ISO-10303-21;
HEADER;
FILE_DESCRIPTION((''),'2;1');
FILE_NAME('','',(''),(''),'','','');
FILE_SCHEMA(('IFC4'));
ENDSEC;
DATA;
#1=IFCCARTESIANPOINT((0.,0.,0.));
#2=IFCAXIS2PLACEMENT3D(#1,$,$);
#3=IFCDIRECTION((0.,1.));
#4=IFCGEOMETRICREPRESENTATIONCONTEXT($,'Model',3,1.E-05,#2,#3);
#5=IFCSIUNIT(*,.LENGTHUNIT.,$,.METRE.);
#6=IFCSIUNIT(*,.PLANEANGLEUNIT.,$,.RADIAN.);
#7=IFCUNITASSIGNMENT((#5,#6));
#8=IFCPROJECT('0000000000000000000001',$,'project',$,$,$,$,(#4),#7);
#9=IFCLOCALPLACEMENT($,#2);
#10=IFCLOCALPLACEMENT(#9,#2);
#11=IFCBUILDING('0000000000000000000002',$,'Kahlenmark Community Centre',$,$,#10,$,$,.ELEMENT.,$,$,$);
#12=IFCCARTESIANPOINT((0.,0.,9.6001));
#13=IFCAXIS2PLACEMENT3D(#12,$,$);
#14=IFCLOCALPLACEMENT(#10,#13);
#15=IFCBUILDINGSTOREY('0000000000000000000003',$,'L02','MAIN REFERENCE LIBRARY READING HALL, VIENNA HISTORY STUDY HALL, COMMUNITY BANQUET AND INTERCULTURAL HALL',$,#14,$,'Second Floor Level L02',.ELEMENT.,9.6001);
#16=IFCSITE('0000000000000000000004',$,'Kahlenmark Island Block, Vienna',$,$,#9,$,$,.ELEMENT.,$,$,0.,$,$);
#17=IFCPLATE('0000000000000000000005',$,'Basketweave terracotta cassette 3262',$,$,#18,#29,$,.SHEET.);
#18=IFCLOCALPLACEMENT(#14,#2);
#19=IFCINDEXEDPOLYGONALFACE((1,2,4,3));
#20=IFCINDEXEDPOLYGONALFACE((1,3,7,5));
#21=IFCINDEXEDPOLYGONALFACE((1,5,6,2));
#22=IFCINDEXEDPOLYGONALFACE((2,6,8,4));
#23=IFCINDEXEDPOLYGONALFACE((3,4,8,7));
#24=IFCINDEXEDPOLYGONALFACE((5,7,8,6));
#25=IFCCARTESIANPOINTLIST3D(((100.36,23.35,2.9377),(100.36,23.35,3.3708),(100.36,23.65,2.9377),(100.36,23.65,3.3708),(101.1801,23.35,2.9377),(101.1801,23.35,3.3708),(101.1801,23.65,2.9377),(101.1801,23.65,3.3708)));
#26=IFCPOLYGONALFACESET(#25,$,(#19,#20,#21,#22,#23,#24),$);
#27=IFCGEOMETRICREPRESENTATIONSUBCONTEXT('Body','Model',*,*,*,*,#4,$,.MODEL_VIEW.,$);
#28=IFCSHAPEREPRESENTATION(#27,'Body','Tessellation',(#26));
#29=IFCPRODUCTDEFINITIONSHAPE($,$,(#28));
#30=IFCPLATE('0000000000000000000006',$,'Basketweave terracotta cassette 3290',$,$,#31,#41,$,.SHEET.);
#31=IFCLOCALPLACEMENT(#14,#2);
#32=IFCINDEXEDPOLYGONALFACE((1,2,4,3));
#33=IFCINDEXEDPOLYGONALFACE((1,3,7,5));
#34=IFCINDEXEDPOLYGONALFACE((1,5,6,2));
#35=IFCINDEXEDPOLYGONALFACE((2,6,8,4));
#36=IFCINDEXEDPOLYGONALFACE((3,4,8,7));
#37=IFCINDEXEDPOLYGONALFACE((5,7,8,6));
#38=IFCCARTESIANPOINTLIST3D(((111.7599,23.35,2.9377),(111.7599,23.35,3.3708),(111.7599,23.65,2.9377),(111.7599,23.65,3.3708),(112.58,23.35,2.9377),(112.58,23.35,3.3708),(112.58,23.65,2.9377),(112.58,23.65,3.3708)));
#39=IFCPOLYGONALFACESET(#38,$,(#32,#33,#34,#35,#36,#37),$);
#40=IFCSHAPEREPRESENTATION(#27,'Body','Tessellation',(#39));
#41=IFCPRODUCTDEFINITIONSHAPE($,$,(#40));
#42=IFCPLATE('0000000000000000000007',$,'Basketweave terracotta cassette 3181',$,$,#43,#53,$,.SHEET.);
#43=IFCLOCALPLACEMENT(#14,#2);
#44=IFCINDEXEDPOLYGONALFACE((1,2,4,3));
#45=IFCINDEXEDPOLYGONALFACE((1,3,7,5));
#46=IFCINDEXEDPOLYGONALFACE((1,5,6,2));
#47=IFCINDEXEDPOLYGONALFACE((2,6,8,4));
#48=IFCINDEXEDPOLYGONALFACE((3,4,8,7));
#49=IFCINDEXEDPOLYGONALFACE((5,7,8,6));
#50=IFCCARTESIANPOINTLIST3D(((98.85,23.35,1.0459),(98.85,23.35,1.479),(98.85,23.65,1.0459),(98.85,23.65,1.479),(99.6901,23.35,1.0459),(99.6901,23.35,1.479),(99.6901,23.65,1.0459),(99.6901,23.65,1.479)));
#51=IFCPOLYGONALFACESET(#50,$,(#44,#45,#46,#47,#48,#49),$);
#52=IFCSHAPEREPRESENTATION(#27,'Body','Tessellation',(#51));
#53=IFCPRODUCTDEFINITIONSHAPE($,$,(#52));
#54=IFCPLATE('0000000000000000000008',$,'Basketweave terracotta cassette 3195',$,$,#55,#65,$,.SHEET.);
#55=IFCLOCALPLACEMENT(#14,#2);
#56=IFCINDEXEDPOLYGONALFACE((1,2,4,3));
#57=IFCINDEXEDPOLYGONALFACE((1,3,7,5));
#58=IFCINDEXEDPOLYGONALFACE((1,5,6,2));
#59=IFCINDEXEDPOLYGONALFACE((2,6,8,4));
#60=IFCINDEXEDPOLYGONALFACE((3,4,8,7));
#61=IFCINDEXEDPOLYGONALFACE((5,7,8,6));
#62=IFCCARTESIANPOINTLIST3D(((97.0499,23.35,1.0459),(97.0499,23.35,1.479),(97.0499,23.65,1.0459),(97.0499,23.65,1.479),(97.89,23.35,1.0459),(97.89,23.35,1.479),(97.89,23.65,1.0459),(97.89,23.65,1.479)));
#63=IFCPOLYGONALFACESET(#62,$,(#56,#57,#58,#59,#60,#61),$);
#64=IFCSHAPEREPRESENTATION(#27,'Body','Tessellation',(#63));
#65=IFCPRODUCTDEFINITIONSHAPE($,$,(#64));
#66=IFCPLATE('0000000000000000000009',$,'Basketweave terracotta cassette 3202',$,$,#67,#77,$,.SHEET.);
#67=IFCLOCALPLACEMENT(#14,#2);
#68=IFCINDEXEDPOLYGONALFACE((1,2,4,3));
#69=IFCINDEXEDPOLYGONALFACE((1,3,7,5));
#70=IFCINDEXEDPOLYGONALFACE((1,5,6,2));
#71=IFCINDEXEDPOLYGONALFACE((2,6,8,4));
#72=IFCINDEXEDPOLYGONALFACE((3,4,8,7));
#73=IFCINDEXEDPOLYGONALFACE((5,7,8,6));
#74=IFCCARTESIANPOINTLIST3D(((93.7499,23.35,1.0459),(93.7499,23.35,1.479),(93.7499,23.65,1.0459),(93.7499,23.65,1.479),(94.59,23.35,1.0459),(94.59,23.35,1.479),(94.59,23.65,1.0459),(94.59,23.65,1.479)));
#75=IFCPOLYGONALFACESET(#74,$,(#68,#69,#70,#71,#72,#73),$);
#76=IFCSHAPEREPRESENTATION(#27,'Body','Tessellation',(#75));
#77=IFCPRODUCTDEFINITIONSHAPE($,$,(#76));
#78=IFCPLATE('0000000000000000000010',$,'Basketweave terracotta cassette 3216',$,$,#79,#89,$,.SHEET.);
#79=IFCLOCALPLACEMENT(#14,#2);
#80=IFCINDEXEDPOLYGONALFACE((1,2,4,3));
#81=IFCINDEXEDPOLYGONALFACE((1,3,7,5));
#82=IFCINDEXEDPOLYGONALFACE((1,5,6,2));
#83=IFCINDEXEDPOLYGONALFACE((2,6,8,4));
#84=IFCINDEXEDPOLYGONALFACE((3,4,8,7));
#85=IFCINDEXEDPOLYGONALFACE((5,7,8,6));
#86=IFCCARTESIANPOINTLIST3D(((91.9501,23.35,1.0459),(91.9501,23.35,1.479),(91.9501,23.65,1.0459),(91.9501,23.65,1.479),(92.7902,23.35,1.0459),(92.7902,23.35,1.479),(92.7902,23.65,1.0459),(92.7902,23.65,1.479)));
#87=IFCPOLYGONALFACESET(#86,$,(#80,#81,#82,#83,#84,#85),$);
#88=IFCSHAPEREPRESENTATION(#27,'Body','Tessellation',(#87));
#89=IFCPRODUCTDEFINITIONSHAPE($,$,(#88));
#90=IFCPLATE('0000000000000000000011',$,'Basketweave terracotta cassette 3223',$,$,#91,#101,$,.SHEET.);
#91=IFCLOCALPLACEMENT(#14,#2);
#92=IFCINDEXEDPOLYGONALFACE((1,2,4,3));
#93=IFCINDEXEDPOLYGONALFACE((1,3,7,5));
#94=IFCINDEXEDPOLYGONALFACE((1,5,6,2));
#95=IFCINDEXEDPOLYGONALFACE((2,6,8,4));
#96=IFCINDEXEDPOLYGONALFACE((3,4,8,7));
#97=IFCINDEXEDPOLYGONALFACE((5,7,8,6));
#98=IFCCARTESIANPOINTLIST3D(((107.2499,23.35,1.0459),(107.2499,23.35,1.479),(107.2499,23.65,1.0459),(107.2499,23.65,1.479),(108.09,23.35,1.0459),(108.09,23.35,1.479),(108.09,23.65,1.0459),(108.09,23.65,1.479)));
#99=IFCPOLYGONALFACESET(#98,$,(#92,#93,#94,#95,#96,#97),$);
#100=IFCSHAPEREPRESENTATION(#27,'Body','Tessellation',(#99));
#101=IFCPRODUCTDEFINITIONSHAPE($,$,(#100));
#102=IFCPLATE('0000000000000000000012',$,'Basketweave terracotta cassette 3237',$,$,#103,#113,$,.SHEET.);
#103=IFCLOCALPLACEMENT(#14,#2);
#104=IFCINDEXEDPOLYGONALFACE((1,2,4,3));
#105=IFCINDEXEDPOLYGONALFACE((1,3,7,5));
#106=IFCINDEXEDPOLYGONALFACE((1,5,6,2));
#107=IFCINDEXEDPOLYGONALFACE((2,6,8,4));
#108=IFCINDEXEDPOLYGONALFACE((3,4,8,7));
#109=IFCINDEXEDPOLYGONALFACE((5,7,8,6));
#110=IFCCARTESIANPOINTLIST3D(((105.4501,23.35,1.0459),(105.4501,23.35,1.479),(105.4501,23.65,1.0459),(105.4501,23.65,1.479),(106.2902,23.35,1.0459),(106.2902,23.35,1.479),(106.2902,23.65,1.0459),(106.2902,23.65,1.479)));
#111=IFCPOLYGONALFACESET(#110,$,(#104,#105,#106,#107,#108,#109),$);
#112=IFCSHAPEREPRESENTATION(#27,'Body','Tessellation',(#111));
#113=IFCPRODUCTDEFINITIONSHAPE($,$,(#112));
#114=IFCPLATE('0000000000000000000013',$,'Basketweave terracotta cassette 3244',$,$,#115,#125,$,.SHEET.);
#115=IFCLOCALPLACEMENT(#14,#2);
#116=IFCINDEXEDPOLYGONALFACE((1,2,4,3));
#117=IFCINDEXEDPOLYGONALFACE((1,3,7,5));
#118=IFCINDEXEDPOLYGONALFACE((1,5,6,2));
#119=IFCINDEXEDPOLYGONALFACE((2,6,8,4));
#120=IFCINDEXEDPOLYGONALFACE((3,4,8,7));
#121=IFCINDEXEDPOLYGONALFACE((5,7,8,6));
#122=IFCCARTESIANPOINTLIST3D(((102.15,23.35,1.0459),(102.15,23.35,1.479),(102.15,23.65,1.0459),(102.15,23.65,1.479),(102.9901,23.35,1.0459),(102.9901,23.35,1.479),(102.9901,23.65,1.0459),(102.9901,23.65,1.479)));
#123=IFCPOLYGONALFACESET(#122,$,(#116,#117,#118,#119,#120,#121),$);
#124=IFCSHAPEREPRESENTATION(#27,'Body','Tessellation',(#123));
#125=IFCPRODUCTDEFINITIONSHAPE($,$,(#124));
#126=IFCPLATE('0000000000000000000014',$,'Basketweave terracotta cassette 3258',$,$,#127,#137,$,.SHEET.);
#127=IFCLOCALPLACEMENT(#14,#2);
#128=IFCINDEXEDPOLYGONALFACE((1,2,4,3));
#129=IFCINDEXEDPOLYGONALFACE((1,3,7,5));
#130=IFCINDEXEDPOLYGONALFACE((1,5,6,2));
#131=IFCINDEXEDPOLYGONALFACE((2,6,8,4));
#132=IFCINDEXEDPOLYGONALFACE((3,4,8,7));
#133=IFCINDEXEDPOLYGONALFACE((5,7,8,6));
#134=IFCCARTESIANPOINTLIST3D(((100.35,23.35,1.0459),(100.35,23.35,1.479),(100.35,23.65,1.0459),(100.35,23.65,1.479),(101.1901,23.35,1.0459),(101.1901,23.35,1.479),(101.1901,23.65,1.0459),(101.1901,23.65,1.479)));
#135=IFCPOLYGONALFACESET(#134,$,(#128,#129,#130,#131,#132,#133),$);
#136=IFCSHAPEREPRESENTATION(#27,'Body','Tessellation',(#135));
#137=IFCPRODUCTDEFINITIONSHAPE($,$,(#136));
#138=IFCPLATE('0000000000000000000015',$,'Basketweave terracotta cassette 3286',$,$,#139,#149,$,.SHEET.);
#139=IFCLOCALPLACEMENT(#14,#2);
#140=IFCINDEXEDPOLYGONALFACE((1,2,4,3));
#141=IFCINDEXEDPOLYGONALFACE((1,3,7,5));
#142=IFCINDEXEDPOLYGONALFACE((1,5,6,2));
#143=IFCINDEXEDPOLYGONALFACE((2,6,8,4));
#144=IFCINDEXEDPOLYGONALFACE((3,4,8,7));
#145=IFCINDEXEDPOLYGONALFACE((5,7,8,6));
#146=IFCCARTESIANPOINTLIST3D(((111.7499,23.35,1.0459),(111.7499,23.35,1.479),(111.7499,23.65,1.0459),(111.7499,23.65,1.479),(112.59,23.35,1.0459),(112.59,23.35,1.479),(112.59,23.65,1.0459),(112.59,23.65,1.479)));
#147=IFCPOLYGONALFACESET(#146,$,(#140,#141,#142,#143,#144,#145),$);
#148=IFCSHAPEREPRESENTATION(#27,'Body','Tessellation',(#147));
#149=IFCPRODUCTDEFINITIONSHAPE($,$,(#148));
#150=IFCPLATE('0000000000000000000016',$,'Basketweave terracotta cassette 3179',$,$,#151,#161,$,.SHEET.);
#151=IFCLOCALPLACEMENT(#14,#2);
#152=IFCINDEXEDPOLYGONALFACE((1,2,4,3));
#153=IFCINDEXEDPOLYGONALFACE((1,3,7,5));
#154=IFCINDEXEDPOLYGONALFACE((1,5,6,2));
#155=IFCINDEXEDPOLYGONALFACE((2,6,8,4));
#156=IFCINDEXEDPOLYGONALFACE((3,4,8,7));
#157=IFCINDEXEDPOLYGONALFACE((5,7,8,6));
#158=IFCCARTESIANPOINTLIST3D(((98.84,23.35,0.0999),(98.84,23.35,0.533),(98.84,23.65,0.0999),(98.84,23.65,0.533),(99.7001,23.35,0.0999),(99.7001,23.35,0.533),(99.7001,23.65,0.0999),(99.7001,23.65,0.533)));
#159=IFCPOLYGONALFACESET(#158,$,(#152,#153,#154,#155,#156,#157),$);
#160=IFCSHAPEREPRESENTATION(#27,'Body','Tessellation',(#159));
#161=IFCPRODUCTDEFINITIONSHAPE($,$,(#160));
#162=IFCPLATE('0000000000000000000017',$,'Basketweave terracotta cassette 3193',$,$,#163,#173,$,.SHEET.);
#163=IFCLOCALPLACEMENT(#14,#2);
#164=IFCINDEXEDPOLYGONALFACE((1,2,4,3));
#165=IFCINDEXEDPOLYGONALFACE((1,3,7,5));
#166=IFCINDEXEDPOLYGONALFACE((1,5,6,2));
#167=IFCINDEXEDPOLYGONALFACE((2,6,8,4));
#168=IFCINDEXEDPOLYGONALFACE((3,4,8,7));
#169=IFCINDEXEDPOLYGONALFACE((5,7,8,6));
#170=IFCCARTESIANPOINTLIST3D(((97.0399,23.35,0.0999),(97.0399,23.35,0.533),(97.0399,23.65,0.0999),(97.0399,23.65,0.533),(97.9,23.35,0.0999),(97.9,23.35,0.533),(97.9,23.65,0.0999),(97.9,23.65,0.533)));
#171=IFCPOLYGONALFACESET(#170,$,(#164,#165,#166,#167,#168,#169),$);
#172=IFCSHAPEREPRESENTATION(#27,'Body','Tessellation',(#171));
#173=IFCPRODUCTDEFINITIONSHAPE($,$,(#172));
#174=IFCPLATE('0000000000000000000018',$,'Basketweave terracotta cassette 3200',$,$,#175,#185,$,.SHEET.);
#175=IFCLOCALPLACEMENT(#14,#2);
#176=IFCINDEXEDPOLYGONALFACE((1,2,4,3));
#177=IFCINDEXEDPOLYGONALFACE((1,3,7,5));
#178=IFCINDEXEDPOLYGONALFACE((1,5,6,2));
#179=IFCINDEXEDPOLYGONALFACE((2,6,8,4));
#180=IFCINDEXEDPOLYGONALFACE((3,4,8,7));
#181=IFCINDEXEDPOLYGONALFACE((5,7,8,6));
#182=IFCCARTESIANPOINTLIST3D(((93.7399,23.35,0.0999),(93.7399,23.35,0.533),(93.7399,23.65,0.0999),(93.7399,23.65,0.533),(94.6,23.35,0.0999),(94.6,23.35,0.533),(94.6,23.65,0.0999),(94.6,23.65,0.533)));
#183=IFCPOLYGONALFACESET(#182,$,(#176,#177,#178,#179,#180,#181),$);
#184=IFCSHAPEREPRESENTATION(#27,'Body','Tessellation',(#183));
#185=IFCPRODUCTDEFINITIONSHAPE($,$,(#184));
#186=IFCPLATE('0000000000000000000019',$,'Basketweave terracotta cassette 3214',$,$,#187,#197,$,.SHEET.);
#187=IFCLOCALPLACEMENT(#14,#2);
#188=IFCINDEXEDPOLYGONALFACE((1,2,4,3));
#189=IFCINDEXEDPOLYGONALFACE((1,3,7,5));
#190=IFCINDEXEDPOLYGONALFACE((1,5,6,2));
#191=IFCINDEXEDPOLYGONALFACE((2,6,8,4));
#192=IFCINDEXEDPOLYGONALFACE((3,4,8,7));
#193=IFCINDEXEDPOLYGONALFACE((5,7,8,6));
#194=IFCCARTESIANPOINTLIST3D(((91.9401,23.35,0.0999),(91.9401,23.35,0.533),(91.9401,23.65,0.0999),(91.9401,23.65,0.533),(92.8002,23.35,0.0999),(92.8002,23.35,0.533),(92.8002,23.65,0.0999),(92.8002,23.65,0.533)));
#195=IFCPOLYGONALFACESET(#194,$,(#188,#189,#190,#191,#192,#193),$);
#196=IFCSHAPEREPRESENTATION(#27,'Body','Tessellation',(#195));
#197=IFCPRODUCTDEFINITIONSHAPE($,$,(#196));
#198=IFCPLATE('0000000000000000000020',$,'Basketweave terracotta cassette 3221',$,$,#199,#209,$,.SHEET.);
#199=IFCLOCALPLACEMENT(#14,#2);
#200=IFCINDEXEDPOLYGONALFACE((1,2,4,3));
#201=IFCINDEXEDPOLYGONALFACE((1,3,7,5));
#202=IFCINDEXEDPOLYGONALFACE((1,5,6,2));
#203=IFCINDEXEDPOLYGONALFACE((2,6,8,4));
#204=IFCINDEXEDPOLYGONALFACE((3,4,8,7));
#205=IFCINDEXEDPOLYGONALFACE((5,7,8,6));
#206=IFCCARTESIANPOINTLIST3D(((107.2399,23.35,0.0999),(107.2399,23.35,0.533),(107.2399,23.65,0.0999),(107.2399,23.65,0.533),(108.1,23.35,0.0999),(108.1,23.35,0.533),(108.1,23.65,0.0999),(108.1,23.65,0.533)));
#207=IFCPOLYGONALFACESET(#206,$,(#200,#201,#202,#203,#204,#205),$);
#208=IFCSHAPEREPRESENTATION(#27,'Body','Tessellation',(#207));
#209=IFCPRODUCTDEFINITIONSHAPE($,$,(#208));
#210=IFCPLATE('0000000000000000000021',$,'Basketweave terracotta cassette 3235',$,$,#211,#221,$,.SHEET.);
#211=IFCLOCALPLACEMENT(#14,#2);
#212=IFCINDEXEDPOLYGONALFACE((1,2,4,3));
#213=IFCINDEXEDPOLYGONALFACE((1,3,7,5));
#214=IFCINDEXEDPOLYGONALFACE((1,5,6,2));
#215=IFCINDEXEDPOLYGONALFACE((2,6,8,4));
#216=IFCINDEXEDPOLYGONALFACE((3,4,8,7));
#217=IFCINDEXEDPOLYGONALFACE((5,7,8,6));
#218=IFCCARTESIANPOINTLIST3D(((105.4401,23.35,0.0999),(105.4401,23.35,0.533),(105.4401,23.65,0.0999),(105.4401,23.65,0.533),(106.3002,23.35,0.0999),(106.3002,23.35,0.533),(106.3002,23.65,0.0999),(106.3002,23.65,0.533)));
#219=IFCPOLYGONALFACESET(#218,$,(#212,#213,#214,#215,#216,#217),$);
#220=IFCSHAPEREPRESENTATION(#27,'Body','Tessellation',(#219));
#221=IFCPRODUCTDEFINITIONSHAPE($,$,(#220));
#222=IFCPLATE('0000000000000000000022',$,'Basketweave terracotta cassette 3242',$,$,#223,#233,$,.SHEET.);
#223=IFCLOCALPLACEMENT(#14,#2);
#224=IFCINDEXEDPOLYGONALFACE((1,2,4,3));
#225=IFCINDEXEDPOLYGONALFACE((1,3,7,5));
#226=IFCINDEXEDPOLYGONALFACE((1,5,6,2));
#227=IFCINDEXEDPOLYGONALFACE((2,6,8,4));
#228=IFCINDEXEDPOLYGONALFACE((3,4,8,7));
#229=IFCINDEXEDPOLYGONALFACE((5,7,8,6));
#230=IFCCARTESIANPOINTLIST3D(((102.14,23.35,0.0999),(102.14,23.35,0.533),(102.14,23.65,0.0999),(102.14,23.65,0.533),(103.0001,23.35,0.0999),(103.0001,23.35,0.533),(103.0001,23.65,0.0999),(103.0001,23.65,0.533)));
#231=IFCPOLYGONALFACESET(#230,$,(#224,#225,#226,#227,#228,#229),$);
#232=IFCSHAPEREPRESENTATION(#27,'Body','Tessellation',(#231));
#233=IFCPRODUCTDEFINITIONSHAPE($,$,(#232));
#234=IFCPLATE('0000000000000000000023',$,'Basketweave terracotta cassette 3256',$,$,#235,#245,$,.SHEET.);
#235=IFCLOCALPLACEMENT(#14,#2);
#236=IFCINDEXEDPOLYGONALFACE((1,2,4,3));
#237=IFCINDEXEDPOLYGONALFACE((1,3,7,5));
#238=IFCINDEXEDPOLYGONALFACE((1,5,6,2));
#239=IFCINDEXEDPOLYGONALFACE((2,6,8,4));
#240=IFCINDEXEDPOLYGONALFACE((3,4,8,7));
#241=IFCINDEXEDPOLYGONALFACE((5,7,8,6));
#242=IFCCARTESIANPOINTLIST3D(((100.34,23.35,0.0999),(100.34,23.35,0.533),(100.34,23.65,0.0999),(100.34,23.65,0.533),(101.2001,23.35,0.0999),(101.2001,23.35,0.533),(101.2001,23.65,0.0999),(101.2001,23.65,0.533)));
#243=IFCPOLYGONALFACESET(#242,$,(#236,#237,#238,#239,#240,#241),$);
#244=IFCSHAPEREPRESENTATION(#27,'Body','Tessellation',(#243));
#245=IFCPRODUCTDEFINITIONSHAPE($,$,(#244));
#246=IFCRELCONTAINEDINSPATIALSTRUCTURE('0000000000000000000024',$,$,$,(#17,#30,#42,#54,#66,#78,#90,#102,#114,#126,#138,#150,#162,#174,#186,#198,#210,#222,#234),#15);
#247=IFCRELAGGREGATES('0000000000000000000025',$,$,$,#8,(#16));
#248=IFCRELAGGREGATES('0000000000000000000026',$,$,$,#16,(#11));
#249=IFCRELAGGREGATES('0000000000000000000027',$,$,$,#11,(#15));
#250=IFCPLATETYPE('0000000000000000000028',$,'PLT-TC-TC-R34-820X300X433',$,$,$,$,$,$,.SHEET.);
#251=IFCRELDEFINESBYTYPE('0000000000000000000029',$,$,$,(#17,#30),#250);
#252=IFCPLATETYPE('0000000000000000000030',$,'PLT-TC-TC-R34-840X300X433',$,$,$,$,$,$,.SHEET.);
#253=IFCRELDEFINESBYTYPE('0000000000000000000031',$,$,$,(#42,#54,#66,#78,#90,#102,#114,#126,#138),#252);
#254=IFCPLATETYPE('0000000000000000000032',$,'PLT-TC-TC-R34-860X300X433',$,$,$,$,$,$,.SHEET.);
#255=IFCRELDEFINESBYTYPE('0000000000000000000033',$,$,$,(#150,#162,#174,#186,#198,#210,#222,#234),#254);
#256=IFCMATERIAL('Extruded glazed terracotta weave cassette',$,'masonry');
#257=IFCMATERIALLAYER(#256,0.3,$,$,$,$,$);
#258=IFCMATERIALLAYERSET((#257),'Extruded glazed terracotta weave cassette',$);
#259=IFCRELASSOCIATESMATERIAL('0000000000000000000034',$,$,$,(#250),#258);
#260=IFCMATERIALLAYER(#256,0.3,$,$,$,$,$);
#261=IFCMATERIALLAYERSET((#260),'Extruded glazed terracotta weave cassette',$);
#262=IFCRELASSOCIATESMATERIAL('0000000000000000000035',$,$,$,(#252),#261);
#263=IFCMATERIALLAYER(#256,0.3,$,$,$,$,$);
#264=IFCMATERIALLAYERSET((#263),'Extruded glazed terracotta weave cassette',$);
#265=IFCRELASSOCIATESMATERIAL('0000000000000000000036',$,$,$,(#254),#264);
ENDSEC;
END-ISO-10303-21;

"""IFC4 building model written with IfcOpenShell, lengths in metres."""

from ifc_helpers import new_model, si_unit, direction, frame, origin, origin_2d, place, context, subcontext, project, spatial, rectangle, extrude, material, layer, layer_set, type_object, element, save


model = new_model("IFC4")

# Units and contexts
model_context = context("Model", 3, precision=1e-05, world=origin(), true_north=direction((0.0, 1.0)))
body_context = subcontext(model_context, "Body", "Model", "MODEL_VIEW")
ifc_project = project(units=[si_unit("LENGTHUNIT", "METRE"), si_unit("PLANEANGLEUNIT", "RADIAN")], contexts=[model_context])

# Site, building, storey
site_placement = place(None, origin())
site = spatial("IfcSite", under=ifc_project, at=site_placement, Name="Kahlenmark Island Block, Vienna", CompositionType="ELEMENT", RefElevation=0.0)
building_placement = place(site_placement, origin())
building = spatial("IfcBuilding", under=site, at=building_placement, Name="Kahlenmark Community Centre", CompositionType="ELEMENT")
storey_placement = place(building_placement, frame((0.0, 0.0, 9.6001)))
storey = spatial("IfcBuildingStorey", under=building, at=storey_placement, Name="L02", Description="MAIN REFERENCE LIBRARY READING HALL, VIENNA HISTORY STUDY HALL, COMMUNITY BANQUET AND INTERCULTURAL HALL", LongName="Second Floor Level L02", CompositionType="ELEMENT", Elevation=9.6001)

# Plates
ifc_material_1 = material(Name="Extruded glazed terracotta weave cassette", Category="masonry")
ifc_layer_1 = layer(ifc_material_1, 0.3)
ifc_layer_set_1 = layer_set([ifc_layer_1], Name="Extruded glazed terracotta weave cassette")
plate_type_1 = type_object("IfcPlateType", Name="PLT-TC-TC-R34-820X300X433", PredefinedType="SHEET", material=ifc_layer_set_1)
for number, where, z_axis, x_axis, name in (
    (1, (100.77, 23.5, 2.9377), (0.0, 0.0, 1.0), (-1.0, 0.0, 0.0), "Basketweave terracotta cassette 3262"),
    (2, (112.1699, 23.5, 2.9377), (0.0, 0.0, 1.0), (-1.0, 0.0, 0.0), "Basketweave terracotta cassette 3290"),
):
    element("IfcPlate", number, at=place(storey_placement, frame(where, z_axis=z_axis, x_axis=x_axis)), inside=storey, type_object=plate_type_1, Name=name, PredefinedType="SHEET", context=body_context, shape_type="SweptSolid", body=[
        extrude(rectangle(XDim=0.8201, YDim=0.3, at=origin_2d()), origin(), (0.0, 0.0, 1.0), 0.4331),
    ])
ifc_layer_2 = layer(ifc_material_1, 0.3)
ifc_layer_set_2 = layer_set([ifc_layer_2], Name="Extruded glazed terracotta weave cassette")
plate_type_2 = type_object("IfcPlateType", Name="PLT-TC-TC-R34-840X300X433", PredefinedType="SHEET", material=ifc_layer_set_2)
for number, where, z_axis, x_axis, name in (
    (3, (99.27, 23.5, 1.0459), (0.0, 0.0, 1.0), (-1.0, 0.0, 0.0), "Basketweave terracotta cassette 3181"),
    (4, (97.47, 23.5, 1.0459), (0.0, 0.0, 1.0), (-1.0, 0.0, 0.0), "Basketweave terracotta cassette 3195"),
    (5, (94.1699, 23.5, 1.0459), (0.0, 0.0, 1.0), (-1.0, 0.0, 0.0), "Basketweave terracotta cassette 3202"),
    (6, (92.3701, 23.5, 1.0459), (0.0, 0.0, 1.0), (-1.0, 0.0, 0.0), "Basketweave terracotta cassette 3216"),
    (7, (107.6699, 23.5, 1.0459), (0.0, 0.0, 1.0), (-1.0, 0.0, 0.0), "Basketweave terracotta cassette 3223"),
    (8, (105.8701, 23.5, 1.0459), (0.0, 0.0, 1.0), (-1.0, 0.0, 0.0), "Basketweave terracotta cassette 3237"),
    (9, (102.5701, 23.5, 1.0459), (0.0, 0.0, 1.0), (-1.0, 0.0, 0.0), "Basketweave terracotta cassette 3244"),
    (10, (100.77, 23.5, 1.0459), (0.0, 0.0, 1.0), (-1.0, 0.0, 0.0), "Basketweave terracotta cassette 3258"),
    (11, (112.1699, 23.5, 1.0459), (0.0, 0.0, 1.0), (-1.0, 0.0, 0.0), "Basketweave terracotta cassette 3286"),
):
    element("IfcPlate", number, at=place(storey_placement, frame(where, z_axis=z_axis, x_axis=x_axis)), inside=storey, type_object=plate_type_2, Name=name, PredefinedType="SHEET", context=body_context, shape_type="SweptSolid", body=[
        extrude(rectangle(XDim=0.8401, YDim=0.3, at=origin_2d()), origin(), (0.0, 0.0, 1.0), 0.4331),
    ])
ifc_layer_3 = layer(ifc_material_1, 0.3)
ifc_layer_set_3 = layer_set([ifc_layer_3], Name="Extruded glazed terracotta weave cassette")
plate_type_3 = type_object("IfcPlateType", Name="PLT-TC-TC-R34-860X300X433", PredefinedType="SHEET", material=ifc_layer_set_3)
for number, where, z_axis, x_axis, name in (
    (12, (99.27, 23.5, 0.0999), (0.0, 0.0, 1.0), (-1.0, 0.0, 0.0), "Basketweave terracotta cassette 3179"),
    (13, (97.47, 23.5, 0.0999), (0.0, 0.0, 1.0), (-1.0, 0.0, 0.0), "Basketweave terracotta cassette 3193"),
    (14, (94.1699, 23.5, 0.0999), (0.0, 0.0, 1.0), (-1.0, 0.0, 0.0), "Basketweave terracotta cassette 3200"),
    (15, (92.3701, 23.5, 0.0999), (0.0, 0.0, 1.0), (-1.0, 0.0, 0.0), "Basketweave terracotta cassette 3214"),
    (16, (107.6699, 23.5, 0.0999), (0.0, 0.0, 1.0), (-1.0, 0.0, 0.0), "Basketweave terracotta cassette 3221"),
    (17, (105.8701, 23.5, 0.0999), (0.0, 0.0, 1.0), (-1.0, 0.0, 0.0), "Basketweave terracotta cassette 3235"),
    (18, (102.5701, 23.5, 0.0999), (0.0, 0.0, 1.0), (-1.0, 0.0, 0.0), "Basketweave terracotta cassette 3242"),
    (19, (100.77, 23.5, 0.0999), (0.0, 0.0, 1.0), (-1.0, 0.0, 0.0), "Basketweave terracotta cassette 3256"),
):
    element("IfcPlate", number, at=place(storey_placement, frame(where, z_axis=z_axis, x_axis=x_axis)), inside=storey, type_object=plate_type_3, Name=name, PredefinedType="SHEET", context=body_context, shape_type="SweptSolid", body=[
        extrude(rectangle(XDim=0.8601, YDim=0.3, at=origin_2d()), origin(), (0.0, 0.0, 1.0), 0.4331),
    ])

save(model, "model.ifc")
